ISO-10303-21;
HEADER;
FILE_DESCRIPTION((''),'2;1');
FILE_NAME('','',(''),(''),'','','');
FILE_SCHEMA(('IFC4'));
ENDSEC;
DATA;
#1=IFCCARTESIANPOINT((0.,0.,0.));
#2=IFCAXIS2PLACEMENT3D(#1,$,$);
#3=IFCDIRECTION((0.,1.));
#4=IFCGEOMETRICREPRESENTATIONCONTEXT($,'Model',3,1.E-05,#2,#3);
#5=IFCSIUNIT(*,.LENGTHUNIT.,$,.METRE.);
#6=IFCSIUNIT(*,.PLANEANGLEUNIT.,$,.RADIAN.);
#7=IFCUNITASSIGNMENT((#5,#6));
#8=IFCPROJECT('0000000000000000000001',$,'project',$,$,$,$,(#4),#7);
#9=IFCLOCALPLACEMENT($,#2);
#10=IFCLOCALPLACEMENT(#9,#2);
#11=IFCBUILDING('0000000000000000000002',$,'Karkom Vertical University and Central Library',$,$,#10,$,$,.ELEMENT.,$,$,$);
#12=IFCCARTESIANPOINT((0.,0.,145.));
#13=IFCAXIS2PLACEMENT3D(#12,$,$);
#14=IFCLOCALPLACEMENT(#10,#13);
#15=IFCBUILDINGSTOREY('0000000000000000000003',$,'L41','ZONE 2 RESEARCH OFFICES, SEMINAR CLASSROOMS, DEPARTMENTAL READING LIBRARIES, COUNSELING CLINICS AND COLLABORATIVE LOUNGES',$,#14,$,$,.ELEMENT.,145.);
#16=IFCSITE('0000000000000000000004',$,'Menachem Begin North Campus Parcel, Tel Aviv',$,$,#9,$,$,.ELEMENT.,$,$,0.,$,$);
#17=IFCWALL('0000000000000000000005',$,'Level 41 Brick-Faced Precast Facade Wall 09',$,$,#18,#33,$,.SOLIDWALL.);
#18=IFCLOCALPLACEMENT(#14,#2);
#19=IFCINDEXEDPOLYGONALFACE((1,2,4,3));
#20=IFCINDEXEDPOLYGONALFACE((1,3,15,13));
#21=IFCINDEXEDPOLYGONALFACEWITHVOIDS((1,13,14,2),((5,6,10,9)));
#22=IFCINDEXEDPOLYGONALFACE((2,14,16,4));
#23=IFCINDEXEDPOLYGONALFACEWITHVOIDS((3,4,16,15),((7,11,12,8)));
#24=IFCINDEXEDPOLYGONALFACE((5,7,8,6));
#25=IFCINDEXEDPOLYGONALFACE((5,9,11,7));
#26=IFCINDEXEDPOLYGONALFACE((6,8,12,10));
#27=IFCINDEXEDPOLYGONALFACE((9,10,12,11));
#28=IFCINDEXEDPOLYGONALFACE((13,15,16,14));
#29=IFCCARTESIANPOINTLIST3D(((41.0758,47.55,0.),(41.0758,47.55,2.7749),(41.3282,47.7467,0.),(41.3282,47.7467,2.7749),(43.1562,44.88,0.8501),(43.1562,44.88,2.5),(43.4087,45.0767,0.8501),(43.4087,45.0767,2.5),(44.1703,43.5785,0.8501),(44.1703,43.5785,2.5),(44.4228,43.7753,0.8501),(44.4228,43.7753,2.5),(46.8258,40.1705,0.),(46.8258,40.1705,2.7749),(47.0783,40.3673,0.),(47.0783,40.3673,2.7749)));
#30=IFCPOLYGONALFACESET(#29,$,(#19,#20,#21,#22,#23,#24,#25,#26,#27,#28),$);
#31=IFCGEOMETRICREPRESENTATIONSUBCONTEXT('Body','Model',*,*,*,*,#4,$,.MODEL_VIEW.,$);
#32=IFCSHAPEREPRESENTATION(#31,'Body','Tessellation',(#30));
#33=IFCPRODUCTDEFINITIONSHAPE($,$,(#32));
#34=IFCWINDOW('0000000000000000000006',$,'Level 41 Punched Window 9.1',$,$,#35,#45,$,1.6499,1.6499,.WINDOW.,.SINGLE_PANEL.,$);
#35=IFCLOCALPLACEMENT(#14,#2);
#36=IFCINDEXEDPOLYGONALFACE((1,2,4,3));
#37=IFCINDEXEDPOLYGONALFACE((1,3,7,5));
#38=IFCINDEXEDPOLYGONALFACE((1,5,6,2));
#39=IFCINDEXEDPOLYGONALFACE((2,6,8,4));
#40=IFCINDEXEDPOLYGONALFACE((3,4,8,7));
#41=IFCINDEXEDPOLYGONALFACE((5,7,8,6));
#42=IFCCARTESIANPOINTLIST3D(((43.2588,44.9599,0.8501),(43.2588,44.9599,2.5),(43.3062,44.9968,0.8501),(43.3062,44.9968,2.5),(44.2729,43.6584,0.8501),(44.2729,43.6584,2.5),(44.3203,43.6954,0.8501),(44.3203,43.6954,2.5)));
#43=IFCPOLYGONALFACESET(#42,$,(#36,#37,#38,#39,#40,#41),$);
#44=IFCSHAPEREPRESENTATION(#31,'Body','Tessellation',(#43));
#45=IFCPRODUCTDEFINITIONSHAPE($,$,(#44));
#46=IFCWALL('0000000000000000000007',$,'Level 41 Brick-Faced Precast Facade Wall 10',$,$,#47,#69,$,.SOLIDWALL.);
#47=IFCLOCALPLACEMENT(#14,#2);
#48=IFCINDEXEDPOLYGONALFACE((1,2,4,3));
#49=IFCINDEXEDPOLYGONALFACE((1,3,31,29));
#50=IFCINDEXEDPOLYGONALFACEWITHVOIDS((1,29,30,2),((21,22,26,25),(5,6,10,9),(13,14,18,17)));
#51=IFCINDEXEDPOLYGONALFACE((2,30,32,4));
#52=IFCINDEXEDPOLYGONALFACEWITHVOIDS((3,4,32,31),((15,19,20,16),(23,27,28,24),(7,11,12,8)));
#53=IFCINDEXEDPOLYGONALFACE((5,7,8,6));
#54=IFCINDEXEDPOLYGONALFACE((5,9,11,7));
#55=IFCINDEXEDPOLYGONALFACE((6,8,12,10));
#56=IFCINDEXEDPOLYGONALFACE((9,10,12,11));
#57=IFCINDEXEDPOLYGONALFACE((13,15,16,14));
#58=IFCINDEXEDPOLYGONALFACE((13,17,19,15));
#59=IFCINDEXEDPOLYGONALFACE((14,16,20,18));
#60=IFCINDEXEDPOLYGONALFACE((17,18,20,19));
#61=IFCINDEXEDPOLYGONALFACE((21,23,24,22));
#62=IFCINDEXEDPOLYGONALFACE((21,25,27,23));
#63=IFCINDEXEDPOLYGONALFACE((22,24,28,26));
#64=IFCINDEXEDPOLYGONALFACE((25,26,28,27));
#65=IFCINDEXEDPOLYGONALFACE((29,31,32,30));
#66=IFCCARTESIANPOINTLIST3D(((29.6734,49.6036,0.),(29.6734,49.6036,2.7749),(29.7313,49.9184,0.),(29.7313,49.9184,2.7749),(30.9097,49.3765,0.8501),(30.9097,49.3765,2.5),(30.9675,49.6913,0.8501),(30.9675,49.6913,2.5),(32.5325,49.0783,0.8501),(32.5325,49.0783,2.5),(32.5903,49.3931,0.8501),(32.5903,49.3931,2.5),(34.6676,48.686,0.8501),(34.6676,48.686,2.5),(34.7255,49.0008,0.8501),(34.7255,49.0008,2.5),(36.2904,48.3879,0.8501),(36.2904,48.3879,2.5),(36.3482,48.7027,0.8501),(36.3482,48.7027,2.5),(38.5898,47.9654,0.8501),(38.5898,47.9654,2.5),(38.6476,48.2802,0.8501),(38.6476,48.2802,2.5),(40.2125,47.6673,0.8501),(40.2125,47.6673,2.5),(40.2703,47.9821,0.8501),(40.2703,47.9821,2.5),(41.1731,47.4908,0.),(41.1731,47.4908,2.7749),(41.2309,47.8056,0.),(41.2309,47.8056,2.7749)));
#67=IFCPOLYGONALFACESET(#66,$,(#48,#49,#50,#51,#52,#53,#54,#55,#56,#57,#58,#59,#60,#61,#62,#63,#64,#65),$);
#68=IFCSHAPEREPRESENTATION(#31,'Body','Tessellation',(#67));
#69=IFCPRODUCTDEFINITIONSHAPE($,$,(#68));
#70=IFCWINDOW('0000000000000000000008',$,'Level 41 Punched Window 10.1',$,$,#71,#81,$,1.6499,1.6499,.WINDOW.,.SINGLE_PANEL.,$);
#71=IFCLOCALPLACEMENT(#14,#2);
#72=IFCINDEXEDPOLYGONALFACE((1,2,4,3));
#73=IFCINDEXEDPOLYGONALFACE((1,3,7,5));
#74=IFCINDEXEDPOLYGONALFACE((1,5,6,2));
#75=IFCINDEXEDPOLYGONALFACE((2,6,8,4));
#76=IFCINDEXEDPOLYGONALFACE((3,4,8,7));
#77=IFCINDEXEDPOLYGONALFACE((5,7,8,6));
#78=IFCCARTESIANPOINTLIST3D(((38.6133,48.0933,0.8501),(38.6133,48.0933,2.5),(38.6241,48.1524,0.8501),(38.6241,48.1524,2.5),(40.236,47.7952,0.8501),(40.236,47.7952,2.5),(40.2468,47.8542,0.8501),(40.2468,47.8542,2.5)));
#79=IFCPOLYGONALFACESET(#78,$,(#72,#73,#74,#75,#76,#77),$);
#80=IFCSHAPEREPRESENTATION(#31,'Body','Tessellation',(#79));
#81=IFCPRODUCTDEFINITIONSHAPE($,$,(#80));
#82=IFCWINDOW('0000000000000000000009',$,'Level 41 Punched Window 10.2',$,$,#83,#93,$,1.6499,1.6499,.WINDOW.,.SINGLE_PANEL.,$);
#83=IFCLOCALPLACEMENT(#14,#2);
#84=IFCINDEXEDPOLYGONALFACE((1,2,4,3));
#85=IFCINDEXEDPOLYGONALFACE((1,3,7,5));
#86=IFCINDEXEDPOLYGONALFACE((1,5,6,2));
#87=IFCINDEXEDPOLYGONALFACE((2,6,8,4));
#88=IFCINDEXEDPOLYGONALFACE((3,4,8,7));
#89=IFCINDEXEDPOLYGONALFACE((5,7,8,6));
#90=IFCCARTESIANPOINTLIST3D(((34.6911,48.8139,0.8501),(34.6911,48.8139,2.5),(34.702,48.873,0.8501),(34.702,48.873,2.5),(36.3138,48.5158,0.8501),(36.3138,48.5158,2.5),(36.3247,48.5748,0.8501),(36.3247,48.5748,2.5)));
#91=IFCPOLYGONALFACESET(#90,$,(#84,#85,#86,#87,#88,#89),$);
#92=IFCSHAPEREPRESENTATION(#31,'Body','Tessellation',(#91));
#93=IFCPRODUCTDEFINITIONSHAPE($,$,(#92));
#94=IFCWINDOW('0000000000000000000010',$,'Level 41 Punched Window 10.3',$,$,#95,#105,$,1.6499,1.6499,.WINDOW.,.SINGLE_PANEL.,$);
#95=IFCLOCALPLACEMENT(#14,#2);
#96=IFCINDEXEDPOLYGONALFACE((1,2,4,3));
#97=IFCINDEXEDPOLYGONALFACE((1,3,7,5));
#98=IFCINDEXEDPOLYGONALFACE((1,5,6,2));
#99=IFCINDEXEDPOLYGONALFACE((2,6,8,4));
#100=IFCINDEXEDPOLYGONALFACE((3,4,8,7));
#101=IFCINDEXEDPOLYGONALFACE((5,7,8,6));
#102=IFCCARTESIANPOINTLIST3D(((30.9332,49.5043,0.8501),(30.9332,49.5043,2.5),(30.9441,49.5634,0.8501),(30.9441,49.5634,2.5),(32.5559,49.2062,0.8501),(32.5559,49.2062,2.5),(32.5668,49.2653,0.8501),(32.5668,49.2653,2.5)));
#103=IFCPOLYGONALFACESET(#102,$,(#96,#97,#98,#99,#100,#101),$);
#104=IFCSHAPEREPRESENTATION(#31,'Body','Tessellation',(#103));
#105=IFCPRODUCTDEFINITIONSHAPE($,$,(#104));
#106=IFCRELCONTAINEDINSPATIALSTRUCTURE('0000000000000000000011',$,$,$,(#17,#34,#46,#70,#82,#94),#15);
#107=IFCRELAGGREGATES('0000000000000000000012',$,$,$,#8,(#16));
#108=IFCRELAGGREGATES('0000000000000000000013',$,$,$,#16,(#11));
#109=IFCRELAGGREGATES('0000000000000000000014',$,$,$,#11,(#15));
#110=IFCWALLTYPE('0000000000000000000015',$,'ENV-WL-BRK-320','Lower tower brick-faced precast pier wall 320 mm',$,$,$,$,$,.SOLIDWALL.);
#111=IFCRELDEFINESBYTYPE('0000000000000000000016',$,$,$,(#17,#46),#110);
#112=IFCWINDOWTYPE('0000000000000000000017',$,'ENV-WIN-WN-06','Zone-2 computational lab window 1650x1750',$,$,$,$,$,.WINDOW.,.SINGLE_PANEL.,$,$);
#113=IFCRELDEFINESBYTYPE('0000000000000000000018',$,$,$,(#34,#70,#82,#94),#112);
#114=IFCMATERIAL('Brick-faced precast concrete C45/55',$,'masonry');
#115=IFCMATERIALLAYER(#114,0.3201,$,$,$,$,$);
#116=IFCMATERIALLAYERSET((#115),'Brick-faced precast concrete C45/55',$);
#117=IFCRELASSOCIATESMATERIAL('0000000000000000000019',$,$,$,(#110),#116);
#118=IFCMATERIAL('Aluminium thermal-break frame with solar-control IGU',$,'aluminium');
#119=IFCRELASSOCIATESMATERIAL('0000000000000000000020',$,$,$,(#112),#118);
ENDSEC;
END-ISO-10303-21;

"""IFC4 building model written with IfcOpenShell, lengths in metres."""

from ifc_helpers import new_model, si_unit, direction, frame, frame_2d, origin, origin_with_axes, place, context, subcontext, project, spatial, rectangle, extrude, source, transform, mapped, material, layer, layer_set, type_object, element, fill, save


model = new_model("IFC4")

# Units and contexts
model_context = context("Model", 3, precision=1e-05, world=origin(), true_north=direction((0.0, 1.0)))
body_context = subcontext(model_context, "Body", "Model", "MODEL_VIEW")
ifc_project = project(units=[si_unit("LENGTHUNIT", "METRE"), si_unit("PLANEANGLEUNIT", "RADIAN")], contexts=[model_context])

# Site, building, storey
site_placement = place(None, origin())
site = spatial("IfcSite", under=ifc_project, at=site_placement, Name="Menachem Begin North Campus Parcel, Tel Aviv", CompositionType="ELEMENT", RefElevation=0.0)
building_placement = place(site_placement, origin())
building = spatial("IfcBuilding", under=site, at=building_placement, Name="Karkom Vertical University and Central Library", CompositionType="ELEMENT")
storey_placement = place(building_placement, frame((0.0, 0.0, 145.0)))
storey = spatial("IfcBuildingStorey", under=building, at=storey_placement, Name="L41", Description="ZONE 2 RESEARCH OFFICES, SEMINAR CLASSROOMS, DEPARTMENTAL READING LIBRARIES, COUNSELING CLINICS AND COLLABORATIVE LOUNGES", CompositionType="ELEMENT", Elevation=145.0)

# Wall, opening, window
ifc_material_1 = material(Name="Brick-faced precast concrete C45/55", Category="masonry")
ifc_layer_1 = layer(ifc_material_1, 0.3201)
ifc_layer_set_1 = layer_set([ifc_layer_1], Name="Brick-faced precast concrete C45/55")
wall_type_1 = type_object("IfcWallType", Name="ENV-WL-BRK-320", Description="Lower tower brick-faced precast pier wall 320 mm", PredefinedType="SOLIDWALL", material=ifc_layer_set_1)
wall_1_placement = place(storey_placement, frame((46.9521, 40.2688, 0.0), z_axis=(0.0, 0.0, 1.0), x_axis=(-0.614638, 0.788809, 0.0)))
wall_1 = element("IfcWall", 1, at=wall_1_placement, inside=storey, type_object=wall_type_1, Name="Level 41 Brick-Faced Precast Facade Wall 09", PredefinedType="SOLIDWALL", context=body_context, shape_type="SweptSolid", body=[
    extrude(rectangle(XDim=9.3552, YDim=0.3201, at=frame_2d((4.6777, 0.0))), origin(), (0.0, 0.0, 1.0), 2.7749),
])
opening_1_placement = place(wall_1_placement, frame((4.3206, 0.0, 0.8501)))
opening_1 = element("IfcOpeningElement", 2, at=opening_1_placement, cuts=wall_1, PredefinedType="OPENING", context=body_context, shape_type="SweptSolid", body=[
    extrude(rectangle(XDim=1.6499, YDim=1.6499, at=frame_2d((0.825, 0.825))), frame((0.0, 0.1699, 0.0), z_axis=(0.0, -1.0, 0.0), x_axis=(1.0, 0.0, 0.0)), (0.0, 0.0, 1.0), 0.3401),
])
ifc_material_2 = material(Name="Aluminium thermal-break frame with solar-control IGU", Category="aluminium")
window_type = type_object("IfcWindowType", Name="ENV-WIN-WN-06", Description="Zone-2 computational lab window 1650x1750", PartitioningType="SINGLE_PANEL", PredefinedType="WINDOW", material=ifc_material_2)
shared_shape_1 = source(origin_with_axes(), body_context, "Body", "SweptSolid", [
    extrude(rectangle(XDim=1.6499, YDim=1.6499, at=frame_2d((0.825, 0.825))), frame((0.0, 0.03, 0.0), z_axis=(0.0, -1.0, 0.0), x_axis=(1.0, 0.0, 0.0)), (0.0, 0.0, 1.0), 0.0601),
])
window_1_placement = place(opening_1_placement, origin())
window_1 = element("IfcWindow", 3, at=window_1_placement, inside=storey, type_object=window_type, Name="Level 41 Punched Window 9.1", OverallHeight=1.6499, OverallWidth=1.6499, PartitioningType="SINGLE_PANEL", PredefinedType="WINDOW", context=body_context, shape_type="MappedRepresentation", body=[
    mapped(shared_shape_1, transform((0.0, 0.0, 0.0), scale=1.0)),
])
fill(opening_1, window_1)

# Wall, openings, windows
wall_2_placement = place(storey_placement, frame((41.2021, 47.6482, 0.0), z_axis=(0.0, 0.0, 1.0), x_axis=(-0.983538, 0.180701, 0.0)))
wall_2 = element("IfcWall", 4, at=wall_2_placement, inside=storey, type_object=wall_type_1, Name="Level 41 Brick-Faced Precast Facade Wall 10", PredefinedType="SOLIDWALL", context=body_context, shape_type="SweptSolid", body=[
    extrude(rectangle(XDim=11.6921, YDim=0.3201, at=frame_2d((5.8462, 0.0))), origin(), (0.0, 0.0, 1.0), 2.7749),
])
opening_2_placement = place(wall_2_placement, frame((0.9768, 0.0, 0.8501)))
opening_2 = element("IfcOpeningElement", 5, at=opening_2_placement, cuts=wall_2, PredefinedType="OPENING", context=body_context, shape_type="SweptSolid", body=[
    extrude(rectangle(XDim=1.6499, YDim=1.6499, at=frame_2d((0.825, 0.825))), frame((0.0, 0.1699, 0.0), z_axis=(0.0, -1.0, 0.0), x_axis=(1.0, 0.0, 0.0)), (0.0, 0.0, 1.0), 0.3401),
])
opening_3_placement = place(wall_2_placement, frame((4.9646, 0.0, 0.8501)))
opening_3 = element("IfcOpeningElement", 6, at=opening_3_placement, cuts=wall_2, PredefinedType="OPENING", context=body_context, shape_type="SweptSolid", body=[
    extrude(rectangle(XDim=1.6499, YDim=1.6499, at=frame_2d((0.825, 0.825))), frame((0.0, 0.1699, 0.0), z_axis=(0.0, -1.0, 0.0), x_axis=(1.0, 0.0, 0.0)), (0.0, 0.0, 1.0), 0.3401),
])
opening_4_placement = place(wall_2_placement, frame((8.7854, 0.0, 0.8501)))
opening_4 = element("IfcOpeningElement", 7, at=opening_4_placement, cuts=wall_2, PredefinedType="OPENING", context=body_context, shape_type="SweptSolid", body=[
    extrude(rectangle(XDim=1.6499, YDim=1.6499, at=frame_2d((0.825, 0.825))), frame((0.0, 0.1699, 0.0), z_axis=(0.0, -1.0, 0.0), x_axis=(1.0, 0.0, 0.0)), (0.0, 0.0, 1.0), 0.3401),
])
window_2_placement = place(opening_2_placement, origin())
window_2 = element("IfcWindow", 8, at=window_2_placement, inside=storey, type_object=window_type, Name="Level 41 Punched Window 10.1", OverallHeight=1.6499, OverallWidth=1.6499, PartitioningType="SINGLE_PANEL", PredefinedType="WINDOW", context=body_context, shape_type="MappedRepresentation", body=[
    mapped(shared_shape_1, transform((0.0, 0.0, 0.0), scale=1.0)),
])
fill(opening_2, window_2)
window_3_placement = place(opening_3_placement, origin())
window_3 = element("IfcWindow", 9, at=window_3_placement, inside=storey, type_object=window_type, Name="Level 41 Punched Window 10.2", OverallHeight=1.6499, OverallWidth=1.6499, PartitioningType="SINGLE_PANEL", PredefinedType="WINDOW", context=body_context, shape_type="MappedRepresentation", body=[
    mapped(shared_shape_1, transform((0.0, 0.0, 0.0), scale=1.0)),
])
fill(opening_3, window_3)
window_4_placement = place(opening_4_placement, origin())
window_4 = element("IfcWindow", 10, at=window_4_placement, inside=storey, type_object=window_type, Name="Level 41 Punched Window 10.3", OverallHeight=1.6499, OverallWidth=1.6499, PartitioningType="SINGLE_PANEL", PredefinedType="WINDOW", context=body_context, shape_type="MappedRepresentation", body=[
    mapped(shared_shape_1, transform((0.0, 0.0, 0.0), scale=1.0)),
])
fill(opening_4, window_4)

save(model, "model.ifc")
